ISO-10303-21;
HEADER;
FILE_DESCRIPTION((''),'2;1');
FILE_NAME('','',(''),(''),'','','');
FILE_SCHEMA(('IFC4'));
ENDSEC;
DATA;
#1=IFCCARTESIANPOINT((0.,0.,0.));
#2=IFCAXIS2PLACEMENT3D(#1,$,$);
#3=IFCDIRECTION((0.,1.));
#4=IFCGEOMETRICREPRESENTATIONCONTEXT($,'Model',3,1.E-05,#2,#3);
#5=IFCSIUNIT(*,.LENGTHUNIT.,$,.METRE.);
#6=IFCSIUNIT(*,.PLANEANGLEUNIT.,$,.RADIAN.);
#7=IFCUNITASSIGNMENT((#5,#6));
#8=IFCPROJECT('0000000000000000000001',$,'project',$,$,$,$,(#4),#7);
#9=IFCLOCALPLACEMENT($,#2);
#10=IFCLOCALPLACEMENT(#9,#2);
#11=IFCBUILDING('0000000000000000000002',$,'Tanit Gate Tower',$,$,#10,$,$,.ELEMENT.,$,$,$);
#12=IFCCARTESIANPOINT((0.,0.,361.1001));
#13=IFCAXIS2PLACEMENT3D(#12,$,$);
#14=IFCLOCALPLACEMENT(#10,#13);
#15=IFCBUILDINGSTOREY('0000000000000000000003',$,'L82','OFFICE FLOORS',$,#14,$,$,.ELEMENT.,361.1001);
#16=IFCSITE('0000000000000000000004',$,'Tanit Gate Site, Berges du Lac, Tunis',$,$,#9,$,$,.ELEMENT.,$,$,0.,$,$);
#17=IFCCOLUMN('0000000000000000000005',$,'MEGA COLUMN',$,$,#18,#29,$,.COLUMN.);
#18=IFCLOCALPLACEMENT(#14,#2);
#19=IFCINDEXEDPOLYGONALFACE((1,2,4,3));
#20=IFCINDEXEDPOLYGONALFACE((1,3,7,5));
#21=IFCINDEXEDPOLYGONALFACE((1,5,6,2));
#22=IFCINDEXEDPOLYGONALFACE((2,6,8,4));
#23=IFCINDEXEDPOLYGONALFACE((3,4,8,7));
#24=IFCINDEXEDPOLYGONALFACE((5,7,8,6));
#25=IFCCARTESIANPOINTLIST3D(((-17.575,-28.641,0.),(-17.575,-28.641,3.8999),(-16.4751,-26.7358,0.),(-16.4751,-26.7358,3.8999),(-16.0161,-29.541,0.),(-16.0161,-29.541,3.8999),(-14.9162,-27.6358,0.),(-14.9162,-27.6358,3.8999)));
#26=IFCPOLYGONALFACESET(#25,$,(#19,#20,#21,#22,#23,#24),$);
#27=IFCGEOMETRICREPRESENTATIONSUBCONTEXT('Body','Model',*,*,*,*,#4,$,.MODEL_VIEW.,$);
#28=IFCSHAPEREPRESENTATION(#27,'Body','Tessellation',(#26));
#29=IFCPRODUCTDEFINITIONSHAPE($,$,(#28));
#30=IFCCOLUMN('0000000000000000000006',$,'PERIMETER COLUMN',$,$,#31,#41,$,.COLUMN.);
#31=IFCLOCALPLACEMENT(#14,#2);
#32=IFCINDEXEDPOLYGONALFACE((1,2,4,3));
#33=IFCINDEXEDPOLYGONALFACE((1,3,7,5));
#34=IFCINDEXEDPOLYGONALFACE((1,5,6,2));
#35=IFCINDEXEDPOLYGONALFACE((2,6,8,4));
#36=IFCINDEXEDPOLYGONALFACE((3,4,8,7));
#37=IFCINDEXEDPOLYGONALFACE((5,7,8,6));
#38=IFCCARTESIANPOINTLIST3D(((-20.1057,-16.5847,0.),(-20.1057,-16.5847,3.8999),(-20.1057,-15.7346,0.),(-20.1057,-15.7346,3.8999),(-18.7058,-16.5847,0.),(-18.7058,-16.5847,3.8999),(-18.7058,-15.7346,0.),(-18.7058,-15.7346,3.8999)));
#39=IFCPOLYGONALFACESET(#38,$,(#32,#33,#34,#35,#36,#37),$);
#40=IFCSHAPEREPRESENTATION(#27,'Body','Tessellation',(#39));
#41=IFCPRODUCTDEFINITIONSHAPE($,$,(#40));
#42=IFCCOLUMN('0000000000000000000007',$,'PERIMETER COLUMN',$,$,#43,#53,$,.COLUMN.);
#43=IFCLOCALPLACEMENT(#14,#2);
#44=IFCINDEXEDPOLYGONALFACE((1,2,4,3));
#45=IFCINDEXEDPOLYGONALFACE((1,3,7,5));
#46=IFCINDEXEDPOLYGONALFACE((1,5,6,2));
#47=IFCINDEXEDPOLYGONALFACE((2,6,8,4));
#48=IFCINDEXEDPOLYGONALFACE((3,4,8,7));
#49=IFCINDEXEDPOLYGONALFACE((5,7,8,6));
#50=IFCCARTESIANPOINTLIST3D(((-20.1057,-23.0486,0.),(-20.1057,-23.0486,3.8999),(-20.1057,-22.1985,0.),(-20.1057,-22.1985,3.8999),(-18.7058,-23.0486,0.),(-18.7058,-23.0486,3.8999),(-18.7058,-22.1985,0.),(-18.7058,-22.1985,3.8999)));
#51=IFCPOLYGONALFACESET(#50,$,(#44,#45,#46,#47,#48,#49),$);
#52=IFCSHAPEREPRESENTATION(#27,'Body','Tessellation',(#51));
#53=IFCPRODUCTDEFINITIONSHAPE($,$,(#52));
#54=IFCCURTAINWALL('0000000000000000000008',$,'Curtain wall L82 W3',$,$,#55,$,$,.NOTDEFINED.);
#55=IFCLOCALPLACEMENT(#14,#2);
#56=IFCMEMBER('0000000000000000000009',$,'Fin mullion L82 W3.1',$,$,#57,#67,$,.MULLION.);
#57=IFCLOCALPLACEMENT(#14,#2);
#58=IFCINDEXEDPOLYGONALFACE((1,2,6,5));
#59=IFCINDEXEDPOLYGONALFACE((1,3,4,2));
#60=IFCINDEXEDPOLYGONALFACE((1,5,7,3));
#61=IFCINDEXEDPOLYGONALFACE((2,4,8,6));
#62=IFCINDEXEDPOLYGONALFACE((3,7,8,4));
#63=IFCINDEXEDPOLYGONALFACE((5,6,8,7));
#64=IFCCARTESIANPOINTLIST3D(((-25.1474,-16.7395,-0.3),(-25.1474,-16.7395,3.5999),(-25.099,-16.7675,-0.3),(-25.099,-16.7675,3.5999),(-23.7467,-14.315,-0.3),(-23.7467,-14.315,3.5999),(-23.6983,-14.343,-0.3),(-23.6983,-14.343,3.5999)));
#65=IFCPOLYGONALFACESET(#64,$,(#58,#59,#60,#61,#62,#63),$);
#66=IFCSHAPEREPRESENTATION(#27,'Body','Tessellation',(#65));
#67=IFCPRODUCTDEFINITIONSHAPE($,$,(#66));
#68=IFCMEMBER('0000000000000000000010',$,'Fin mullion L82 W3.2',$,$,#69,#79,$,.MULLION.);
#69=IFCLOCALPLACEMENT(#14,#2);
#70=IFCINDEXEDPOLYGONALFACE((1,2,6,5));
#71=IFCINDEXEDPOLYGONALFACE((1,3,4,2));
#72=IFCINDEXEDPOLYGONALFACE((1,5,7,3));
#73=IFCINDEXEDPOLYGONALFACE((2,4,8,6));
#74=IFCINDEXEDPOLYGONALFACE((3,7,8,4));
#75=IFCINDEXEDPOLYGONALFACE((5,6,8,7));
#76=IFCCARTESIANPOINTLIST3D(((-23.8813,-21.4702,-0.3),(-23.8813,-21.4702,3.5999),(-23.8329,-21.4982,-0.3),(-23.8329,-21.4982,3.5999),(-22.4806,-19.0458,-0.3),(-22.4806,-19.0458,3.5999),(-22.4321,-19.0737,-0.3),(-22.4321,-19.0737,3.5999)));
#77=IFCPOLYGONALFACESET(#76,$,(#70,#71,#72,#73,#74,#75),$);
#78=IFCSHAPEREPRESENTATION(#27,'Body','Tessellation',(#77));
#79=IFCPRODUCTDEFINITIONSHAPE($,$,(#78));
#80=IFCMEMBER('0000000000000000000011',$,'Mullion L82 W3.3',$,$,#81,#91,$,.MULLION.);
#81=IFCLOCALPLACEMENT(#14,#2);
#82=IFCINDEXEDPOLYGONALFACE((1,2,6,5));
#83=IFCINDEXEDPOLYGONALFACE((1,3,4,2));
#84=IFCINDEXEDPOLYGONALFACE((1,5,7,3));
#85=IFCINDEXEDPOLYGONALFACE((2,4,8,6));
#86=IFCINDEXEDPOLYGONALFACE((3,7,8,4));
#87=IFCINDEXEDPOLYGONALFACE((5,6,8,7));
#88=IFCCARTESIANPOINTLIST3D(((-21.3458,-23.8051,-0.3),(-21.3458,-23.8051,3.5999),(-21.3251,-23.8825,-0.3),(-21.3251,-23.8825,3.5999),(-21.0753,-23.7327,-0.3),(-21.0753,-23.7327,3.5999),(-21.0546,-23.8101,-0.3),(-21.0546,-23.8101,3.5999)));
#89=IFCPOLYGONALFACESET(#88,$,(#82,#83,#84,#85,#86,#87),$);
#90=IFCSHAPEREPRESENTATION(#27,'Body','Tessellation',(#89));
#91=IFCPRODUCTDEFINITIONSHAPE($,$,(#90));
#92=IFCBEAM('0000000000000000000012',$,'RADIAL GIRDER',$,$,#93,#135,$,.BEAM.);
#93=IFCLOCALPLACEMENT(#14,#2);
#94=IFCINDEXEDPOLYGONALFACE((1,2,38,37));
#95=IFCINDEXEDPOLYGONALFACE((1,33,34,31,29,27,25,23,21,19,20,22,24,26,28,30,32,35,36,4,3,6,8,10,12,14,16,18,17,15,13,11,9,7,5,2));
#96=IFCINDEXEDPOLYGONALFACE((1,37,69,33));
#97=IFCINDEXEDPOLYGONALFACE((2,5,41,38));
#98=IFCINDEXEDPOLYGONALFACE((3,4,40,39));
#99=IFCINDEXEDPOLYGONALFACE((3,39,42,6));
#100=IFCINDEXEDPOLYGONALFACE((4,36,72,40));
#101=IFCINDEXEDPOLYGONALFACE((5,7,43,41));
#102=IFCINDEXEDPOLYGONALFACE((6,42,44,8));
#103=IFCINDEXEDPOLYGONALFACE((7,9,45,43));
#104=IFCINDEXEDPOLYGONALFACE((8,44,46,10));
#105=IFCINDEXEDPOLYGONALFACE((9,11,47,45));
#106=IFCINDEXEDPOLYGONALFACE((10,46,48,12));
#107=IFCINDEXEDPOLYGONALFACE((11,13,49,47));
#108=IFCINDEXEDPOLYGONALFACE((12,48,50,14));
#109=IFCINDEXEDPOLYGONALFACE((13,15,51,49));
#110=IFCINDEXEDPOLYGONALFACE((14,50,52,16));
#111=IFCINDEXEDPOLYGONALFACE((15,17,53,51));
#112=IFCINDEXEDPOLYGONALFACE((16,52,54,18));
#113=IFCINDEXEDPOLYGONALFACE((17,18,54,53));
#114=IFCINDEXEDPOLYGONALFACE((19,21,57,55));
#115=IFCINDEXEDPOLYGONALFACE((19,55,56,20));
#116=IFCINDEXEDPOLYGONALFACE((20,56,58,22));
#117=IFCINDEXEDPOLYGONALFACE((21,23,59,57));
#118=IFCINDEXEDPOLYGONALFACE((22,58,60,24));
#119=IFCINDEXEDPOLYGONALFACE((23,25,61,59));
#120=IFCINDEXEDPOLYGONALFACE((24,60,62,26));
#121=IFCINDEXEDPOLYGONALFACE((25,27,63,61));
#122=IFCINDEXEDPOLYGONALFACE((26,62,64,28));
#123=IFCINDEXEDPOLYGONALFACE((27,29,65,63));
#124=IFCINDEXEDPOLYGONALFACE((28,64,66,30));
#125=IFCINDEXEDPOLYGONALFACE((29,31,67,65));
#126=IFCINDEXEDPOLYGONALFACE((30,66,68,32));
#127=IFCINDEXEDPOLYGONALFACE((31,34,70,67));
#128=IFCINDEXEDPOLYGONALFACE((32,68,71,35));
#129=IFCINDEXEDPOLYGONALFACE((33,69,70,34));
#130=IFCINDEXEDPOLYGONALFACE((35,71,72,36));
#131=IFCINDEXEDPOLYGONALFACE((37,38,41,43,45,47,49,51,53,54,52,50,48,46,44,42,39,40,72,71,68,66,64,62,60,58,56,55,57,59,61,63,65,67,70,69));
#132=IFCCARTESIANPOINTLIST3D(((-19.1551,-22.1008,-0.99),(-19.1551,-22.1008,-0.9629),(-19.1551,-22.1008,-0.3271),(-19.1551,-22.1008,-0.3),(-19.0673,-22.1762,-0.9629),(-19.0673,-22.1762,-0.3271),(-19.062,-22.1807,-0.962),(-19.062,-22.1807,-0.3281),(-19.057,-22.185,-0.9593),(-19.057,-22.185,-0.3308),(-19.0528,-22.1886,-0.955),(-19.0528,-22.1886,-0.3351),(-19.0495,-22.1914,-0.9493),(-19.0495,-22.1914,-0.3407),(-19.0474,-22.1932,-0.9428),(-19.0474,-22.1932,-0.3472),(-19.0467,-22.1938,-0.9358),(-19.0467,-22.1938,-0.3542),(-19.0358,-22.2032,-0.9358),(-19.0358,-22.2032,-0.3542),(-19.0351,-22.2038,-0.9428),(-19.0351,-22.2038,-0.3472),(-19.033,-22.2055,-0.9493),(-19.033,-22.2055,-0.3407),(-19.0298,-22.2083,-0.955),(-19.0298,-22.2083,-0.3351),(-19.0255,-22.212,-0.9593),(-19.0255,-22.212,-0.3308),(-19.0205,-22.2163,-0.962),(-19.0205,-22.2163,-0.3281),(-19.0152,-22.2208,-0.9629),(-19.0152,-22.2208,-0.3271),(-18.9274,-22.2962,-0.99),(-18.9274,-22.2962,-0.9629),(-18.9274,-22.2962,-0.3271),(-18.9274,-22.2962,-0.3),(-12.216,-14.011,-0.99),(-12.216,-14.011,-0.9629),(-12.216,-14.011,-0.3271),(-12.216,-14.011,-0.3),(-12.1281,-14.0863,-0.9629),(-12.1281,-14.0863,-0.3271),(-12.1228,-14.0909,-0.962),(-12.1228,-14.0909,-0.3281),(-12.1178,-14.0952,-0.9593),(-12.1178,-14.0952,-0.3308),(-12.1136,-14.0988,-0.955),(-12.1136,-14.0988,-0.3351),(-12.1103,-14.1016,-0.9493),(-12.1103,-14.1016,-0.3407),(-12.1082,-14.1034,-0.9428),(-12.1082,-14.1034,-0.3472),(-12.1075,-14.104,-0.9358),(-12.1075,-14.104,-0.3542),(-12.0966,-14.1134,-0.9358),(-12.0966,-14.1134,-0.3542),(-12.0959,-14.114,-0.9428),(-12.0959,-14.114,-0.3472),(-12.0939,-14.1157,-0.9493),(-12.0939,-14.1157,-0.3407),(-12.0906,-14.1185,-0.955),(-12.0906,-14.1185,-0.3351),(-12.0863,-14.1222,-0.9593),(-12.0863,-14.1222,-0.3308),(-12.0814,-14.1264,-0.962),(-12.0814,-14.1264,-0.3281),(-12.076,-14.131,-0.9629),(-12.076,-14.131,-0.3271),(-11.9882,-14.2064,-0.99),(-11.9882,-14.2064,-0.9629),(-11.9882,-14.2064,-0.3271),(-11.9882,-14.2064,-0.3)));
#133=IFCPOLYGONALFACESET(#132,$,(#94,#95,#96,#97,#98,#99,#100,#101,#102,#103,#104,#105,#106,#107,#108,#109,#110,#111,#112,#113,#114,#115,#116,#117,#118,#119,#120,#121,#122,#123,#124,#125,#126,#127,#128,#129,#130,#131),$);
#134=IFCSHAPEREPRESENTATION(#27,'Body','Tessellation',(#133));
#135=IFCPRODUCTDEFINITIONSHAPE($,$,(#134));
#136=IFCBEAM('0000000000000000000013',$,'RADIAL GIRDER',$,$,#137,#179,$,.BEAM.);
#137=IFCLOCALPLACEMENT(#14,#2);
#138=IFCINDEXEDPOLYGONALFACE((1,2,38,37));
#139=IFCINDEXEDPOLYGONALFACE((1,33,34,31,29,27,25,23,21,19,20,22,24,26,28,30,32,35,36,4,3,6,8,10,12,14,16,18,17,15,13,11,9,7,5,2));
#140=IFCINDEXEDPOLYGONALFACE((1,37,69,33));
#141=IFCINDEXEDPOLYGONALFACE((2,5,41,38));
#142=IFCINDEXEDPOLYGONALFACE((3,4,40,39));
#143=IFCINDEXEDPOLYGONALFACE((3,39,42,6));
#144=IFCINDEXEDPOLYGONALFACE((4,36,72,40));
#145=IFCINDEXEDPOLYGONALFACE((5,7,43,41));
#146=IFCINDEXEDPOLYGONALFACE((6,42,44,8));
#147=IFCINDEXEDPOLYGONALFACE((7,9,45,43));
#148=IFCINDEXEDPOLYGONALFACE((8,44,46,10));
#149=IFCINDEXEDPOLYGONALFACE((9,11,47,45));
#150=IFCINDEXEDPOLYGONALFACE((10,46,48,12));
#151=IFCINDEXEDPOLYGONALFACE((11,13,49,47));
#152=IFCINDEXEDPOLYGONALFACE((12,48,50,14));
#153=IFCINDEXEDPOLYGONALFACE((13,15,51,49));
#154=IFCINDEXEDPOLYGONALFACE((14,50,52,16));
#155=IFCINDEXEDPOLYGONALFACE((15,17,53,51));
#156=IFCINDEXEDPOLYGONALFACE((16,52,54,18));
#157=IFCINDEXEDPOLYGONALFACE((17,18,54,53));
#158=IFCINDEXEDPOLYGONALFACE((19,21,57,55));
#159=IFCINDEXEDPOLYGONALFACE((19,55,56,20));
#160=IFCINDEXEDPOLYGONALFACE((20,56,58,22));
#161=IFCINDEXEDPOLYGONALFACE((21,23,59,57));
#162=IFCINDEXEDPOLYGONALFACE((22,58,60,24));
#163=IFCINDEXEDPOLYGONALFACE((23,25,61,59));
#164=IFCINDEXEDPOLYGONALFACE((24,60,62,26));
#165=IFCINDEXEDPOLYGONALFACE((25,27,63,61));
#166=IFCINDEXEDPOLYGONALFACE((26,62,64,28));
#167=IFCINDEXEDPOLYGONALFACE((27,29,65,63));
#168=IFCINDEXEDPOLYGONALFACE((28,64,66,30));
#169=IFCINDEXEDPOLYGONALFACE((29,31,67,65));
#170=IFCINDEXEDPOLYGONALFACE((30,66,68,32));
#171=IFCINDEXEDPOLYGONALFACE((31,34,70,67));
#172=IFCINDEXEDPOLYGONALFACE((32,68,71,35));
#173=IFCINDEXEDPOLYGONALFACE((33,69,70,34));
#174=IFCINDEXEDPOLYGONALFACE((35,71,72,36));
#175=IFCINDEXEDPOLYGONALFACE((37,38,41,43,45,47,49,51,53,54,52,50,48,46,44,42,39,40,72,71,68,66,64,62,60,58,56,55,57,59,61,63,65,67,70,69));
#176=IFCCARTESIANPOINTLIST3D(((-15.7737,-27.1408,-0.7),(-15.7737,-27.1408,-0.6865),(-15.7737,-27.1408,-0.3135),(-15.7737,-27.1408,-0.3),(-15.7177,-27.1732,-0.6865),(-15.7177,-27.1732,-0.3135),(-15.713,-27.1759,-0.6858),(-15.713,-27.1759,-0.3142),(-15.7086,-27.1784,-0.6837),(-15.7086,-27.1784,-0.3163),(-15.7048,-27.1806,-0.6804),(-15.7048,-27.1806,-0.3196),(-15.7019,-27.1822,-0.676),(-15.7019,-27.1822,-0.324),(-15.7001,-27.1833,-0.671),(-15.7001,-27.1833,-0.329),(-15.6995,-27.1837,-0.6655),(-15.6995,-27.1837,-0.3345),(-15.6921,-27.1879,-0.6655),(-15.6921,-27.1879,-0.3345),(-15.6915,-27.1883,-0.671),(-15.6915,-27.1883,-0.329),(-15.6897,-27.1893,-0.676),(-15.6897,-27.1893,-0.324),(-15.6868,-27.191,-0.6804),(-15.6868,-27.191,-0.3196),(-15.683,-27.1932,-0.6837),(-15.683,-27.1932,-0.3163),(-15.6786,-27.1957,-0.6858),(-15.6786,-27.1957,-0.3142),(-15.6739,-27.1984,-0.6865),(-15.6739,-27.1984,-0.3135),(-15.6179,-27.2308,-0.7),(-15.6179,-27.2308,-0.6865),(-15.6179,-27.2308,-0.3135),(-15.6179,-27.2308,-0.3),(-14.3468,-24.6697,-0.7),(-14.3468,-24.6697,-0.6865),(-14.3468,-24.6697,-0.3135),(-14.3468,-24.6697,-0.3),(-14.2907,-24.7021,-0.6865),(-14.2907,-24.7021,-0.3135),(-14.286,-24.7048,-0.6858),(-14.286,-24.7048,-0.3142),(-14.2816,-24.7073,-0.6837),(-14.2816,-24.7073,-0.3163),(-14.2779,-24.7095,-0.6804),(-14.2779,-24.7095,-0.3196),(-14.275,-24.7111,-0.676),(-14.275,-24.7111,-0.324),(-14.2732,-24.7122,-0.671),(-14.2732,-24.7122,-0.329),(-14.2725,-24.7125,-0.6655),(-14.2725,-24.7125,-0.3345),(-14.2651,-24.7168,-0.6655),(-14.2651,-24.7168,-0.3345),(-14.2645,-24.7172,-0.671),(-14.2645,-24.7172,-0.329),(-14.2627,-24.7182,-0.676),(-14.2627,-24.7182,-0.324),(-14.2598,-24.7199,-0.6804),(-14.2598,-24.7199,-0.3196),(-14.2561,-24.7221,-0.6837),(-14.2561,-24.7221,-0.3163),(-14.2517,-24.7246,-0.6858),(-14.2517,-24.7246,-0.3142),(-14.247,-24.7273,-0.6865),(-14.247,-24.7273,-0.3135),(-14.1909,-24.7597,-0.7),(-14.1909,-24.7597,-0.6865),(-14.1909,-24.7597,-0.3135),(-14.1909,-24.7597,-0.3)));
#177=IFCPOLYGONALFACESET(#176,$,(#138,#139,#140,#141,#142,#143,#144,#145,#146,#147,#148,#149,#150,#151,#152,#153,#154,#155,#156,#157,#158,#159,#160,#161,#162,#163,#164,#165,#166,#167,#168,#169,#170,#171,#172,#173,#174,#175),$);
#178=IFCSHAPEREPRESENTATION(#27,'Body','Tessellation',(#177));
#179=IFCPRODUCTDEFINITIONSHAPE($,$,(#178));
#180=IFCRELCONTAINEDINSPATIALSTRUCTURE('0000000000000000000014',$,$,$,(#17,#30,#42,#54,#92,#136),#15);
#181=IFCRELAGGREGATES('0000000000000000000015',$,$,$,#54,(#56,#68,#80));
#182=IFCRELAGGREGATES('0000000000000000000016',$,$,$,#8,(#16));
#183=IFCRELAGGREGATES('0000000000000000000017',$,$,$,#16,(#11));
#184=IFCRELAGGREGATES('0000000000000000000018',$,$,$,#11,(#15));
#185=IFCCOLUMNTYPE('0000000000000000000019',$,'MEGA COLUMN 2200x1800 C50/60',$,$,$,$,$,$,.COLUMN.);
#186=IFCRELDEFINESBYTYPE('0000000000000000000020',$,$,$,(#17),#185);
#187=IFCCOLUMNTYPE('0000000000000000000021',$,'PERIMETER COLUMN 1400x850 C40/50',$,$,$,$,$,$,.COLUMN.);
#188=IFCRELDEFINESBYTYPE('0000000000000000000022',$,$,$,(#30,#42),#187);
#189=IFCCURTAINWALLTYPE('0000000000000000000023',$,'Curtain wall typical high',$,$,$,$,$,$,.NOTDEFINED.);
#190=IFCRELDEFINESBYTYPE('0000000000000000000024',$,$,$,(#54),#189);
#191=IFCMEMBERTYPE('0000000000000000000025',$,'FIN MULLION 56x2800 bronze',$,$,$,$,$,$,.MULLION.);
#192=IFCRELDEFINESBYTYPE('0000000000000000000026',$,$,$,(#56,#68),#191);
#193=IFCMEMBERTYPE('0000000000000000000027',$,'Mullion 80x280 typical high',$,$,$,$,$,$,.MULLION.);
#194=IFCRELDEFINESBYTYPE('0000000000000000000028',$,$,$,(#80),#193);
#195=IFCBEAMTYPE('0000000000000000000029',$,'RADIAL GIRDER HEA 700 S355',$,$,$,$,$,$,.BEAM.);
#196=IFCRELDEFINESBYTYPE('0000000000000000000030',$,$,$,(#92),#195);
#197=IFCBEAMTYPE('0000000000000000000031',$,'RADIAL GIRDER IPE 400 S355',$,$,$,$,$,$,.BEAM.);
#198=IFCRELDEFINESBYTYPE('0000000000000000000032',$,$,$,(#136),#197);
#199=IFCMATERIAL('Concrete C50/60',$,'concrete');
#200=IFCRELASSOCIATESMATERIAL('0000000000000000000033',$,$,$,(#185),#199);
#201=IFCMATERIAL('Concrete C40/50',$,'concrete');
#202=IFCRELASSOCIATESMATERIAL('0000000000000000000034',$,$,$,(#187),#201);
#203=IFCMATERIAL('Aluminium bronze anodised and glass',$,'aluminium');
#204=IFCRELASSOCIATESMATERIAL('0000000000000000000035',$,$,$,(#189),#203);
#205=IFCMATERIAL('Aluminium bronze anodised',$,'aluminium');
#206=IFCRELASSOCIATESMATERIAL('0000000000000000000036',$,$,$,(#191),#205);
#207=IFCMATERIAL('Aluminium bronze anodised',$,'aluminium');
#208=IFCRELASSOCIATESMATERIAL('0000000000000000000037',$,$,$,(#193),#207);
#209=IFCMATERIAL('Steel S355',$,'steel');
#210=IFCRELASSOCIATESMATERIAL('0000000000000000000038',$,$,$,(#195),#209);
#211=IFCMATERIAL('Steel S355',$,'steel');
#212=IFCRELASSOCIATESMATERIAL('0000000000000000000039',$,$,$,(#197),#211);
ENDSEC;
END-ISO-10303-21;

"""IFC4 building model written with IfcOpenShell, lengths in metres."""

from ifc_helpers import new_model, si_unit, direction, frame, origin, origin_2d, place, context, subcontext, project, spatial, rectangle, i_section, extrude, material, material_profile, profile_set, type_object, element, aggregate, save


model = new_model("IFC4")

# Units and contexts
model_context = context("Model", 3, precision=1e-05, world=origin(), true_north=direction((0.0, 1.0)))
body_context = subcontext(model_context, "Body", "Model", "MODEL_VIEW")
ifc_project = project(units=[si_unit("LENGTHUNIT", "METRE"), si_unit("PLANEANGLEUNIT", "RADIAN")], contexts=[model_context])

# Site, building, storey
site_placement = place(None, origin())
site = spatial("IfcSite", under=ifc_project, at=site_placement, Name="Tanit Gate Site, Berges du Lac, Tunis", CompositionType="ELEMENT", RefElevation=0.0)
building_placement = place(site_placement, origin())
building = spatial("IfcBuilding", under=site, at=building_placement, Name="Tanit Gate Tower", CompositionType="ELEMENT")
storey_placement = place(building_placement, frame((0.0, 0.0, 361.1001)))
storey = spatial("IfcBuildingStorey", under=building, at=storey_placement, Name="L82", Description="OFFICE FLOORS", CompositionType="ELEMENT", Elevation=361.1001)

# Columns
ifc_material_1 = material(Name="Concrete C50/60", Category="concrete")
ifc_material_profile_1 = material_profile(ifc_material_1, rectangle(XDim=2.2, YDim=1.8, at=origin_2d()), Name="RC 2200x1800")
ifc_profile_set_1 = profile_set([ifc_material_profile_1], Name="Concrete C50/60")
column_type_1 = type_object("IfcColumnType", Name="MEGA COLUMN 2200x1800 C50/60", PredefinedType="COLUMN", material=ifc_profile_set_1)
column_placement = place(storey_placement, frame((-16.2456, -28.1384, 0.0), z_axis=(0.0, 0.0, 1.0), x_axis=(-0.5, -0.866025, 0.0)))
element("IfcColumn", 1, at=column_placement, inside=storey, type_object=column_type_1, Name="MEGA COLUMN", PredefinedType="COLUMN", context=body_context, shape_type="SweptSolid", body=[
    extrude(rectangle(XDim=2.2, YDim=1.8, at=origin_2d()), origin(), (0.0, 0.0, 1.0), 3.8999),
])
ifc_material_2 = material(Name="Concrete C40/50", Category="concrete")
ifc_material_profile_2 = material_profile(ifc_material_2, rectangle(XDim=1.3999, YDim=0.8501, at=origin_2d()), Name="RC 1400x850")
ifc_profile_set_2 = profile_set([ifc_material_profile_2], Name="Concrete C40/50")
column_type_2 = type_object("IfcColumnType", Name="PERIMETER COLUMN 1400x850 C40/50", PredefinedType="COLUMN", material=ifc_profile_set_2)
for number, where, z_axis, x_axis, name in (
    (2, (-19.4058, -16.1597, 0.0), (0.0, 0.0, 1.0), (-1.0, 0.0, 0.0), "PERIMETER COLUMN"),
    (3, (-19.4058, -22.6235, 0.0), (0.0, 0.0, 1.0), (-1.0, 0.0, 0.0), "PERIMETER COLUMN"),
):
    element("IfcColumn", number, at=place(storey_placement, frame(where, z_axis=z_axis, x_axis=x_axis)), inside=storey, type_object=column_type_2, Name=name, PredefinedType="COLUMN", context=body_context, shape_type="SweptSolid", body=[
        extrude(rectangle(XDim=1.3999, YDim=0.8501, at=origin_2d()), origin(), (0.0, 0.0, 1.0), 3.8999),
    ])

# Curtain wall, members
ifc_material_3 = material(Name="Aluminium bronze anodised and glass", Category="aluminium")
curtain_wall_type = type_object("IfcCurtainWallType", Name="Curtain wall typical high", PredefinedType="NOTDEFINED", material=ifc_material_3)
curtain_wall_placement = place(storey_placement, origin())
curtain_wall = element("IfcCurtainWall", 4, at=curtain_wall_placement, inside=storey, type_object=curtain_wall_type, Name="Curtain wall L82 W3", PredefinedType="NOTDEFINED")
ifc_material_4 = material(Name="Aluminium bronze anodised", Category="aluminium")
ifc_material_profile_3 = material_profile(ifc_material_4, rectangle(XDim=2.8, YDim=0.0559, at=origin_2d()), Name="56x2800 bronze fin mullion")
ifc_profile_set_3 = profile_set([ifc_material_profile_3], Name="Aluminium bronze anodised")
member_type_1 = type_object("IfcMemberType", Name="FIN MULLION 56x2800 bronze", PredefinedType="MULLION", material=ifc_profile_set_3)
member_1_placement = place(storey_placement, frame((-24.4229, -15.5413, -0.3), z_axis=(0.0, 0.0, 1.0), x_axis=(0.500272, 0.865868, 0.0)))
member_1 = element("IfcMember", 5, at=member_1_placement, type_object=member_type_1, Name="Fin mullion L82 W3.1", PredefinedType="MULLION", context=body_context, shape_type="SweptSolid", body=[
    extrude(rectangle(XDim=2.8, YDim=0.0559, at=origin_2d()), origin(), (0.0, 0.0, 1.0), 3.8999),
])
member_2_placement = place(storey_placement, frame((-23.1567, -20.272, -0.3), z_axis=(0.0, 0.0, 1.0), x_axis=(0.500272, 0.865868, 0.0)))
member_2 = element("IfcMember", 6, at=member_2_placement, type_object=member_type_1, Name="Fin mullion L82 W3.2", PredefinedType="MULLION", context=body_context, shape_type="SweptSolid", body=[
    extrude(rectangle(XDim=2.8, YDim=0.0559, at=origin_2d()), origin(), (0.0, 0.0, 1.0), 3.8999),
])
ifc_material_5 = material(Name="Aluminium bronze anodised", Category="aluminium")
ifc_material_profile_4 = material_profile(ifc_material_5, rectangle(XDim=0.28, YDim=0.0801, at=origin_2d()), Name="80x280 bronze mullion")
ifc_profile_set_4 = profile_set([ifc_material_profile_4], Name="Aluminium bronze anodised")
member_type_2 = type_object("IfcMemberType", Name="Mullion 80x280 typical high", PredefinedType="MULLION", material=ifc_profile_set_4)
member_3_placement = place(storey_placement, frame((-21.2002, -23.8076, -0.3), z_axis=(0.0, 0.0, 1.0), x_axis=(0.966007, 0.258516, 0.0)))
member_3 = element("IfcMember", 7, at=member_3_placement, type_object=member_type_2, Name="Mullion L82 W3.3", PredefinedType="MULLION", context=body_context, shape_type="SweptSolid", body=[
    extrude(rectangle(XDim=0.28, YDim=0.0801, at=origin_2d()), origin(), (0.0, 0.0, 1.0), 3.8999),
])

# Beams
ifc_material_6 = material(Name="Steel S355", Category="steel")
ifc_material_profile_5 = material_profile(ifc_material_6, i_section(OverallWidth=0.3, OverallDepth=0.6899, WebThickness=0.0144, FlangeThickness=0.0271, FilletRadius=0.0271, at=origin_2d()), Name="HEA 700")
ifc_profile_set_5 = profile_set([ifc_material_profile_5], Name="Steel S355")
beam_type_1 = type_object("IfcBeamType", Name="RADIAL GIRDER HEA 700 S355", PredefinedType="BEAM", material=ifc_profile_set_5)
beam_1_placement = place(storey_placement, frame((-19.0413, -22.1985, -0.645), z_axis=(0.651065, 0.759022, 0.0), x_axis=(-0.759022, 0.651065, 0.0)))
element("IfcBeam", 8, at=beam_1_placement, inside=storey, type_object=beam_type_1, Name="RADIAL GIRDER", PredefinedType="BEAM", context=body_context, shape_type="SweptSolid", body=[
    extrude(i_section(OverallWidth=0.3, OverallDepth=0.6899, WebThickness=0.0144, FlangeThickness=0.0271, FilletRadius=0.0271, at=origin_2d()), origin(), (0.0, 0.0, 1.0), 10.6582),
])
ifc_material_7 = material(Name="Steel S355", Category="steel")
ifc_material_profile_6 = material_profile(ifc_material_7, i_section(OverallWidth=0.1799, OverallDepth=0.3999, WebThickness=0.0085, FlangeThickness=0.0134, FilletRadius=0.021, at=origin_2d()), Name="IPE 400")
ifc_profile_set_6 = profile_set([ifc_material_profile_6], Name="Steel S355")
beam_type_2 = type_object("IfcBeamType", Name="RADIAL GIRDER IPE 400 S355", PredefinedType="BEAM", material=ifc_profile_set_6)
beam_2_placement = place(storey_placement, frame((-15.6958, -27.1858, -0.5), z_axis=(0.500068, 0.865986, 0.0), x_axis=(-0.865986, 0.500068, 0.0)))
element("IfcBeam", 9, at=beam_2_placement, inside=storey, type_object=beam_type_2, Name="RADIAL GIRDER", PredefinedType="BEAM", context=body_context, shape_type="SweptSolid", body=[
    extrude(i_section(OverallWidth=0.1799, OverallDepth=0.3999, WebThickness=0.0085, FlangeThickness=0.0134, FilletRadius=0.021, at=origin_2d()), origin(), (0.0, 0.0, 1.0), 2.8535),
])

aggregate(curtain_wall, [member_1, member_2, member_3])

save(model, "model.ifc")
